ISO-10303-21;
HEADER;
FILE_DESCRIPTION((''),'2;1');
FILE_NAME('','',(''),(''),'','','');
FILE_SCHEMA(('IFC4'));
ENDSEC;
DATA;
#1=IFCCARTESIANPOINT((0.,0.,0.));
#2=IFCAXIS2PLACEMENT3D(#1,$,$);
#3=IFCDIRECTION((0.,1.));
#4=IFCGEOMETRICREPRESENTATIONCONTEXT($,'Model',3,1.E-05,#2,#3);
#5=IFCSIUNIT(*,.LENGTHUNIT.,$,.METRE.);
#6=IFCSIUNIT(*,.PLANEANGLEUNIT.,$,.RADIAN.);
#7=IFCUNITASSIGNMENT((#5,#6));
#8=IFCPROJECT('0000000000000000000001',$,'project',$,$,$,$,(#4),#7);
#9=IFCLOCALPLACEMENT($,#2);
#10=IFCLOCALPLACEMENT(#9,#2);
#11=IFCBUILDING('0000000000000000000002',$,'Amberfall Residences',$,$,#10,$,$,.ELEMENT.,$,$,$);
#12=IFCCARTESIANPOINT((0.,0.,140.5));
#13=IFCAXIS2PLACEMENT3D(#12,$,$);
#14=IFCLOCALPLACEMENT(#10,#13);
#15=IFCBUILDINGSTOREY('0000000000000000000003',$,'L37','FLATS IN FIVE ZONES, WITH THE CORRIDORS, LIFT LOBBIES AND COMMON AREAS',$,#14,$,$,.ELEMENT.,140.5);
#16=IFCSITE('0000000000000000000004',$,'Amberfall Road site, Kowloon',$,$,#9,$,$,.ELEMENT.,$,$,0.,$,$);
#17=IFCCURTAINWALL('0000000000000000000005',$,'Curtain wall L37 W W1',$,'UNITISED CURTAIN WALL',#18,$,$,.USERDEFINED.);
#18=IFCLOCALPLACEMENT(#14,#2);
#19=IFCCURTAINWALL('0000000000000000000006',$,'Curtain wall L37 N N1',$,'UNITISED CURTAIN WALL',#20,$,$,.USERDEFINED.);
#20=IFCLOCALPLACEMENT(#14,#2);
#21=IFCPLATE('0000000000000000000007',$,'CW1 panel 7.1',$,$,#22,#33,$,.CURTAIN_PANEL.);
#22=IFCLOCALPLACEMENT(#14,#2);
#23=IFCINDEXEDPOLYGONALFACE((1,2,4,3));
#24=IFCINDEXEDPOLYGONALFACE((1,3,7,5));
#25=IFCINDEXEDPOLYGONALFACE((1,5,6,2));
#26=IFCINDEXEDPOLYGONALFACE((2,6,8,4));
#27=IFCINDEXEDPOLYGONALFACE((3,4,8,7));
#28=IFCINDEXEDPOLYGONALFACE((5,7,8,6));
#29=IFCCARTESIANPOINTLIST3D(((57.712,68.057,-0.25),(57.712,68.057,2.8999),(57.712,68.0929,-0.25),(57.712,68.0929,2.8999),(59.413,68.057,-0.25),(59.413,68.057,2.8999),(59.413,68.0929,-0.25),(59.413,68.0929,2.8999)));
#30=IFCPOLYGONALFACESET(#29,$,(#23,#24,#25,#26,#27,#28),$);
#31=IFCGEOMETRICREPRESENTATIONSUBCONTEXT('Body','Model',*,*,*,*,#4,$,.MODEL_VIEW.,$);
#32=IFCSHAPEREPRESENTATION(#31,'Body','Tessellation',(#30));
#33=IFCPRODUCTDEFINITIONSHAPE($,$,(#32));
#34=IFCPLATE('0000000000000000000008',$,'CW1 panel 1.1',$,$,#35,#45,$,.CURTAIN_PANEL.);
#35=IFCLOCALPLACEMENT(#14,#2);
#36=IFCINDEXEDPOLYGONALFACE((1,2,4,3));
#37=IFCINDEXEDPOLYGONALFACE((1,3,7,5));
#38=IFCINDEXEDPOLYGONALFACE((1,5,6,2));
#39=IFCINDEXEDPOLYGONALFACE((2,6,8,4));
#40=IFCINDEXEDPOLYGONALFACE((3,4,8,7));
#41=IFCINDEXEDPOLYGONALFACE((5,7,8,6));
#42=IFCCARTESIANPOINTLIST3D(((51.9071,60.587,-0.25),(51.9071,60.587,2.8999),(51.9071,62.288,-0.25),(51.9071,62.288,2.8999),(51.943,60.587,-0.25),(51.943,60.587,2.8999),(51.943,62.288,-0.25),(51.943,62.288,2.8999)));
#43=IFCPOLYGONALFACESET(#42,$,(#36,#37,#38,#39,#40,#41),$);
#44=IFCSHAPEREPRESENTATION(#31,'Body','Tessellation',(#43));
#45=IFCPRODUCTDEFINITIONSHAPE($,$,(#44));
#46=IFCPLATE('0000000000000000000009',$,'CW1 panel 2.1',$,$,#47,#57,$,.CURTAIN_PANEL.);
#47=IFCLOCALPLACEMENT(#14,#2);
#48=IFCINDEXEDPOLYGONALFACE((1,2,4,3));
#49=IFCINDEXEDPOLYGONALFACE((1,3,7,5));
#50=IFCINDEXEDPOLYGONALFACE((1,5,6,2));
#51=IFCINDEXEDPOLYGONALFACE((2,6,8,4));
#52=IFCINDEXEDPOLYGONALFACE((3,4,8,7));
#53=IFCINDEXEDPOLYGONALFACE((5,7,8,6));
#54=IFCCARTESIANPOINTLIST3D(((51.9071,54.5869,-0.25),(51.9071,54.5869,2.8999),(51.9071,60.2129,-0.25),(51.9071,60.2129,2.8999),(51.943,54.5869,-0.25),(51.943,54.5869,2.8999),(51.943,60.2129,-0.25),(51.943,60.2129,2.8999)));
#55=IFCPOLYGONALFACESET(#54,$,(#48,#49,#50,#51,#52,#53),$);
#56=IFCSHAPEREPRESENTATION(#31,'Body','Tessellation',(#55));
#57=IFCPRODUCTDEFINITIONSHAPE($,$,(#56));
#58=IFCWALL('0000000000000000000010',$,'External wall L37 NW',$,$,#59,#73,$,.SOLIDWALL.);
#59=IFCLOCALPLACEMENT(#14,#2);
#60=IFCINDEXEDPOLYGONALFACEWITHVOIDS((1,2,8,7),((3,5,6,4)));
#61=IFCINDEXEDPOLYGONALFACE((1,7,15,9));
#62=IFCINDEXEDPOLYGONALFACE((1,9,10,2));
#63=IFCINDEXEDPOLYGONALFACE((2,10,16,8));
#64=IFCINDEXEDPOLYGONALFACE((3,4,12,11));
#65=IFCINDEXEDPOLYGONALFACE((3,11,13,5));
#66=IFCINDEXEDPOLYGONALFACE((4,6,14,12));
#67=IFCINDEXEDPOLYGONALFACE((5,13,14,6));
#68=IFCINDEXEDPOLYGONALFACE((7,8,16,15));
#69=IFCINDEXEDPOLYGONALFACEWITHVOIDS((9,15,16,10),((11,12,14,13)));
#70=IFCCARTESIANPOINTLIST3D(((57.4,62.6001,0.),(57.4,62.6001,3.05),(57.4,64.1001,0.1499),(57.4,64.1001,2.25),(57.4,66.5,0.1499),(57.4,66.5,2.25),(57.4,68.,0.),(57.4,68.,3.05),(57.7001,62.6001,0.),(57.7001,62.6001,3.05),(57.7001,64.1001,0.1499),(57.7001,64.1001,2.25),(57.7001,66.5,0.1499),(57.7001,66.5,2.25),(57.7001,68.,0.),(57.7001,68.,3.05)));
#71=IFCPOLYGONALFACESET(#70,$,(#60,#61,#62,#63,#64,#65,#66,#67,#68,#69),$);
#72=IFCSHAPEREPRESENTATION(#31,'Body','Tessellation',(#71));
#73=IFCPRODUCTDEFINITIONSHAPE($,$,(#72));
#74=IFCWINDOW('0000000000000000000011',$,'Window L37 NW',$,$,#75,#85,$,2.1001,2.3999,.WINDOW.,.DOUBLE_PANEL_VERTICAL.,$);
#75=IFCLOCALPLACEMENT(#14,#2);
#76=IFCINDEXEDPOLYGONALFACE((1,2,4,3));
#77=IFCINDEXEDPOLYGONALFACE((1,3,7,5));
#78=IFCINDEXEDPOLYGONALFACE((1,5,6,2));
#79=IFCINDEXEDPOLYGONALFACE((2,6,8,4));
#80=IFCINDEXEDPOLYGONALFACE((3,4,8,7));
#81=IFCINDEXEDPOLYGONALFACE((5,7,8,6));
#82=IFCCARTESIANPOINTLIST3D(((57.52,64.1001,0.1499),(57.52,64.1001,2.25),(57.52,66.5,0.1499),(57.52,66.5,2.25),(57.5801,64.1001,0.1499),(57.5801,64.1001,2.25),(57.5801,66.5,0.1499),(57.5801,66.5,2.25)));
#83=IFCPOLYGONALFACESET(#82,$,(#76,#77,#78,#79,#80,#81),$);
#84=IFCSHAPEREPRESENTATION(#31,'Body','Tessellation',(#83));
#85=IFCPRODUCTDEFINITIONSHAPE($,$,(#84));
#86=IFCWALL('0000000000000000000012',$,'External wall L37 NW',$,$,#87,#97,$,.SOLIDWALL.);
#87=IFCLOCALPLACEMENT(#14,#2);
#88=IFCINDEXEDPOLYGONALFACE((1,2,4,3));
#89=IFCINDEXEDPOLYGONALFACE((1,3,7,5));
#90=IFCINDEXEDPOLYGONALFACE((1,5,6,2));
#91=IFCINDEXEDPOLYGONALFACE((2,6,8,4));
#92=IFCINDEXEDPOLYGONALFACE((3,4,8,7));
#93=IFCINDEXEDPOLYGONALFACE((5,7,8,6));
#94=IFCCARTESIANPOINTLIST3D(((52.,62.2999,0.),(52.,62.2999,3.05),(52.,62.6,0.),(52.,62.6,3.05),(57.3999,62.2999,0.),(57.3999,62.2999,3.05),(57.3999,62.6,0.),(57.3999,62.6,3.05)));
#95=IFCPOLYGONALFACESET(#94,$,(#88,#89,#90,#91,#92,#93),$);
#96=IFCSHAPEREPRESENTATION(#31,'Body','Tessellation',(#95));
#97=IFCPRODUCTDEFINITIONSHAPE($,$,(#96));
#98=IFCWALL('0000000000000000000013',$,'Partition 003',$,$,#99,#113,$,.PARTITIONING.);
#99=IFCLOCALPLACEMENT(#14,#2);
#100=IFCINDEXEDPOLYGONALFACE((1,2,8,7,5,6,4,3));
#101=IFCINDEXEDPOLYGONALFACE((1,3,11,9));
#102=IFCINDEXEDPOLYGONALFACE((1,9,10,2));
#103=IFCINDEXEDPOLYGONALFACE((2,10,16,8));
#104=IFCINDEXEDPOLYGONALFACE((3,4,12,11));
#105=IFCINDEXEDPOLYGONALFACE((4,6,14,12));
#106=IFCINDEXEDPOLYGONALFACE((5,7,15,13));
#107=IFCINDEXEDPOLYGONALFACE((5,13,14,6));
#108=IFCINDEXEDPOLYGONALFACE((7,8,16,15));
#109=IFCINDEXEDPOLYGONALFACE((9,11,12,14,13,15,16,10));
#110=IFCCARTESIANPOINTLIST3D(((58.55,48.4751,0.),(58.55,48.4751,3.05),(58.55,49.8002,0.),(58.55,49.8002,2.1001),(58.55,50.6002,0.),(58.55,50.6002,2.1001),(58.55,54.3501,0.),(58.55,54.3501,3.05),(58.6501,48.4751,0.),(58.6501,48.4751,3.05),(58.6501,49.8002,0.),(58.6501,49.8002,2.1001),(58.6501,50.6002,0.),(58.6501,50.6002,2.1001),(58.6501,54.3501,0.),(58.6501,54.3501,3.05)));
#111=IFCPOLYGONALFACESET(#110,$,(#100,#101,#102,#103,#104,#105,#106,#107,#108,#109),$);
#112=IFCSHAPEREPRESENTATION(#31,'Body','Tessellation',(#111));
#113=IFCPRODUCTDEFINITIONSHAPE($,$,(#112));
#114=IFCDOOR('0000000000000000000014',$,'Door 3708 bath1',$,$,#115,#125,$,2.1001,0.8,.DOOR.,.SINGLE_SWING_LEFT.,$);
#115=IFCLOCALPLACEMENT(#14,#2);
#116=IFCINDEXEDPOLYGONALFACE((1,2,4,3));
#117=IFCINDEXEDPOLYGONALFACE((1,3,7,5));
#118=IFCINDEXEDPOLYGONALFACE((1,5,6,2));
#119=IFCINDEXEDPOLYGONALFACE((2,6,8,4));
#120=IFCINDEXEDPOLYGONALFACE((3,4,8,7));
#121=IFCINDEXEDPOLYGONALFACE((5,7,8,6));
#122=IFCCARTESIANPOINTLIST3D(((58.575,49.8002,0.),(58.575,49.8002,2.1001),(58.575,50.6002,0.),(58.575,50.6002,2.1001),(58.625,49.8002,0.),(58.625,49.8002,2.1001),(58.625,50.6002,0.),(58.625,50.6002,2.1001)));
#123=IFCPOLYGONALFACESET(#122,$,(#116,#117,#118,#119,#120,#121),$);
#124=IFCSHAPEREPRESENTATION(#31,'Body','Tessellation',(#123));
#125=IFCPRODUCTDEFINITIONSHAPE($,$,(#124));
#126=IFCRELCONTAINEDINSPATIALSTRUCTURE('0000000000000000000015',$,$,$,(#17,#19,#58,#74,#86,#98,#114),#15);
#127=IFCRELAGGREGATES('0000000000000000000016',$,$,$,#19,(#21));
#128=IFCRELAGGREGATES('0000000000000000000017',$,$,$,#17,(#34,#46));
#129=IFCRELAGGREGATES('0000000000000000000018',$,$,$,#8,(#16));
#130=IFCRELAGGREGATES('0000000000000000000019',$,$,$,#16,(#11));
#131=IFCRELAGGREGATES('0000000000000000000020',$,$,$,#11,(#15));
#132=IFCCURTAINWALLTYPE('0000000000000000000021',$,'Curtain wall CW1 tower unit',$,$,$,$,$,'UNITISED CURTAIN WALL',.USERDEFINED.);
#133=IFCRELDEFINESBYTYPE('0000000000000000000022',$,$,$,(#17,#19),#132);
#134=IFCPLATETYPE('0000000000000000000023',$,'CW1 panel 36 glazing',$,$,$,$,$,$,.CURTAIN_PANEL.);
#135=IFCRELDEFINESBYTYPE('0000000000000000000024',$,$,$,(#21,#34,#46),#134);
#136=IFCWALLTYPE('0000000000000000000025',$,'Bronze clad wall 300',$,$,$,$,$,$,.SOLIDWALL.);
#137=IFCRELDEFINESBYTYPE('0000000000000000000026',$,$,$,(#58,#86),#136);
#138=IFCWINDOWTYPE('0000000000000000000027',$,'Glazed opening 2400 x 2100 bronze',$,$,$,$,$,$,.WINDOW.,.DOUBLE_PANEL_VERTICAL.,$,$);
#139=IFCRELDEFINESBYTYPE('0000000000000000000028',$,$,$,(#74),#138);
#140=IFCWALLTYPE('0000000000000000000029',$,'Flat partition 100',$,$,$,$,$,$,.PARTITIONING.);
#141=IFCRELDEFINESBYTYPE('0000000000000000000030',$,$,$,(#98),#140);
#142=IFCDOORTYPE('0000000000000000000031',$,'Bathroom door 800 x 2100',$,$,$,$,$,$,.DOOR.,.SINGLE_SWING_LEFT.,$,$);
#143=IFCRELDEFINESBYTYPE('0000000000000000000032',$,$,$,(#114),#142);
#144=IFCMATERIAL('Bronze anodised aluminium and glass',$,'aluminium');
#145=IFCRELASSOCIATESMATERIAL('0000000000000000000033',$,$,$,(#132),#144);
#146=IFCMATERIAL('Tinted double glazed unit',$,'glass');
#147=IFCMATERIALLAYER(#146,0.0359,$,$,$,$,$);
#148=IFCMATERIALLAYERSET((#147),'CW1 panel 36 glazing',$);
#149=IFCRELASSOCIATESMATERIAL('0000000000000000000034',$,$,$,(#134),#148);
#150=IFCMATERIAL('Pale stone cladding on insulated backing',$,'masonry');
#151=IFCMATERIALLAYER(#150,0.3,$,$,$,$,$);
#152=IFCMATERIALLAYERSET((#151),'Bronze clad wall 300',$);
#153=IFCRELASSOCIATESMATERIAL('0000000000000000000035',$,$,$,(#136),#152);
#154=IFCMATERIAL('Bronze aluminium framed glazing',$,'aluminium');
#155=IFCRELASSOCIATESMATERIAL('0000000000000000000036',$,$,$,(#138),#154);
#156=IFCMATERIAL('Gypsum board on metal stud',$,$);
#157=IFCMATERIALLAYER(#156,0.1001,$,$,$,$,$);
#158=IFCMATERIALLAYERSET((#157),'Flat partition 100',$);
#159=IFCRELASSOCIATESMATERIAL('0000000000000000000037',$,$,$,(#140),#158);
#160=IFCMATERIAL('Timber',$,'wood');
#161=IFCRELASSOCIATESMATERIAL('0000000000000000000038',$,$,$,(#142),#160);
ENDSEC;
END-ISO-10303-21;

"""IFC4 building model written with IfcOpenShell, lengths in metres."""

from ifc_helpers import new_model, si_unit, direction, frame, frame_2d, origin, origin_2d, place, context, subcontext, project, spatial, rectangle, extrude, material, layer, layer_set, type_object, element, fill, aggregate, save


model = new_model("IFC4")

# Units and contexts
model_context = context("Model", 3, precision=1e-05, world=origin(), true_north=direction((0.0, 1.0)))
body_context = subcontext(model_context, "Body", "Model", "MODEL_VIEW")
ifc_project = project(units=[si_unit("LENGTHUNIT", "METRE"), si_unit("PLANEANGLEUNIT", "RADIAN")], contexts=[model_context])

# Site, building, storey
site_placement = place(None, origin())
site = spatial("IfcSite", under=ifc_project, at=site_placement, Name="Amberfall Road site, Kowloon", CompositionType="ELEMENT", RefElevation=0.0)
building_placement = place(site_placement, origin())
building = spatial("IfcBuilding", under=site, at=building_placement, Name="Amberfall Residences", CompositionType="ELEMENT")
storey_placement = place(building_placement, frame((0.0, 0.0, 140.5)))
storey = spatial("IfcBuildingStorey", under=building, at=storey_placement, Name="L37", Description="FLATS IN FIVE ZONES, WITH THE CORRIDORS, LIFT LOBBIES AND COMMON AREAS", CompositionType="ELEMENT", Elevation=140.5)

# Curtain wall
ifc_material_1 = material(Name="Bronze anodised aluminium and glass", Category="aluminium")
curtain_wall_type = type_object("IfcCurtainWallType", Name="Curtain wall CW1 tower unit", ElementType="UNITISED CURTAIN WALL", PredefinedType="USERDEFINED", material=ifc_material_1)
curtain_wall_1_placement = place(storey_placement, origin())
curtain_wall_1 = element("IfcCurtainWall", 1, at=curtain_wall_1_placement, inside=storey, type_object=curtain_wall_type, Name="Curtain wall L37 W W1", ObjectType="UNITISED CURTAIN WALL", PredefinedType="USERDEFINED")

# Curtain wall
curtain_wall_2_placement = place(storey_placement, origin())
curtain_wall_2 = element("IfcCurtainWall", 2, at=curtain_wall_2_placement, inside=storey, type_object=curtain_wall_type, Name="Curtain wall L37 N N1", ObjectType="UNITISED CURTAIN WALL", PredefinedType="USERDEFINED")

# Plates
ifc_material_2 = material(Name="Tinted double glazed unit", Category="glass")
ifc_layer_1 = layer(ifc_material_2, 0.0359)
ifc_layer_set_1 = layer_set([ifc_layer_1], Name="CW1 panel 36 glazing")
plate_type = type_object("IfcPlateType", Name="CW1 panel 36 glazing", PredefinedType="CURTAIN_PANEL", material=ifc_layer_set_1)
plate_1_placement = place(storey_placement, frame((58.5625, 68.075, -0.25), z_axis=(0.0, 0.0, 1.0), x_axis=(-1.0, 0.0, 0.0)))
plate_1 = element("IfcPlate", 3, at=plate_1_placement, type_object=plate_type, Name="CW1 panel 7.1", PredefinedType="CURTAIN_PANEL", context=body_context, shape_type="SweptSolid", body=[
    extrude(rectangle(XDim=1.7009, YDim=0.0359, at=origin_2d()), origin(), (0.0, 0.0, 1.0), 3.1499),
])
aggregate(curtain_wall_2, [plate_1])
plate_2_placement = place(storey_placement, frame((51.925, 61.4375, -0.25), z_axis=(0.0, 0.0, 1.0), x_axis=(0.0, -1.0, 0.0)))
plate_2 = element("IfcPlate", 4, at=plate_2_placement, type_object=plate_type, Name="CW1 panel 1.1", PredefinedType="CURTAIN_PANEL", context=body_context, shape_type="SweptSolid", body=[
    extrude(rectangle(XDim=1.7009, YDim=0.0359, at=origin_2d()), origin(), (0.0, 0.0, 1.0), 3.1499),
])
plate_3_placement = place(storey_placement, frame((51.925, 57.3999, -0.25), z_axis=(0.0, 0.0, 1.0), x_axis=(0.0, -1.0, 0.0)))
plate_3 = element("IfcPlate", 5, at=plate_3_placement, type_object=plate_type, Name="CW1 panel 2.1", PredefinedType="CURTAIN_PANEL", context=body_context, shape_type="SweptSolid", body=[
    extrude(rectangle(XDim=5.626, YDim=0.0359, at=origin_2d()), origin(), (0.0, 0.0, 1.0), 3.1499),
])
aggregate(curtain_wall_1, [plate_2, plate_3])

# Wall, opening, window
ifc_material_3 = material(Name="Pale stone cladding on insulated backing", Category="masonry")
ifc_layer_2 = layer(ifc_material_3, 0.3)
ifc_layer_set_2 = layer_set([ifc_layer_2], Name="Bronze clad wall 300")
wall_type_1 = type_object("IfcWallType", Name="Bronze clad wall 300", PredefinedType="SOLIDWALL", material=ifc_layer_set_2)
wall_1_placement = place(storey_placement, frame((57.55, 68.0, 0.0), z_axis=(0.0, 0.0, 1.0), x_axis=(0.0, -1.0, 0.0)))
wall_1 = element("IfcWall", 6, at=wall_1_placement, inside=storey, type_object=wall_type_1, Name="External wall L37 NW", PredefinedType="SOLIDWALL", context=body_context, shape_type="SweptSolid", body=[
    extrude(rectangle(XDim=5.3999, YDim=0.3, at=frame_2d((2.7, 0.0))), origin(), (0.0, 0.0, 1.0), 3.05),
])
opening_1_placement = place(wall_1_placement, frame((1.5, 0.0, 0.1499)))
opening_1 = element("IfcOpeningElement", 7, at=opening_1_placement, cuts=wall_1, PredefinedType="OPENING", context=body_context, shape_type="SweptSolid", body=[
    extrude(rectangle(XDim=2.3999, YDim=2.1001, at=frame_2d((1.2, 1.05))), frame((0.0, 0.1599, 0.0), z_axis=(0.0, -1.0, 0.0), x_axis=(1.0, 0.0, 0.0)), (0.0, 0.0, 1.0), 0.3201),
])
ifc_material_4 = material(Name="Bronze aluminium framed glazing", Category="aluminium")
window_type = type_object("IfcWindowType", Name="Glazed opening 2400 x 2100 bronze", PartitioningType="DOUBLE_PANEL_VERTICAL", PredefinedType="WINDOW", material=ifc_material_4)
window_placement = place(opening_1_placement, origin())
window = element("IfcWindow", 8, at=window_placement, inside=storey, type_object=window_type, Name="Window L37 NW", OverallHeight=2.1001, OverallWidth=2.3999, PartitioningType="DOUBLE_PANEL_VERTICAL", PredefinedType="WINDOW", context=body_context, shape_type="SweptSolid", body=[
    extrude(rectangle(XDim=2.3999, YDim=2.1001, at=frame_2d((1.2, 1.05))), frame((0.0, 0.03, 0.0), z_axis=(0.0, -1.0, 0.0), x_axis=(1.0, 0.0, 0.0)), (0.0, 0.0, 1.0), 0.0601),
])
fill(opening_1, window)

# Wall
wall_2_placement = place(storey_placement, frame((57.3999, 62.45, 0.0), z_axis=(0.0, 0.0, 1.0), x_axis=(-1.0, 0.0, 0.0)))
element("IfcWall", 9, at=wall_2_placement, inside=storey, type_object=wall_type_1, Name="External wall L37 NW", PredefinedType="SOLIDWALL", context=body_context, shape_type="SweptSolid", body=[
    extrude(rectangle(XDim=5.3999, YDim=0.3, at=frame_2d((2.7, 0.0))), origin(), (0.0, 0.0, 1.0), 3.05),
])

# Wall, opening, door
ifc_material_5 = material(Name="Gypsum board on metal stud")
ifc_layer_3 = layer(ifc_material_5, 0.1001)
ifc_layer_set_3 = layer_set([ifc_layer_3], Name="Flat partition 100")
wall_type_2 = type_object("IfcWallType", Name="Flat partition 100", PredefinedType="PARTITIONING", material=ifc_layer_set_3)
wall_3_placement = place(storey_placement, frame((58.6001, 54.3501, 0.0), z_axis=(0.0, 0.0, 1.0), x_axis=(0.0, -1.0, 0.0)))
wall_3 = element("IfcWall", 10, at=wall_3_placement, inside=storey, type_object=wall_type_2, Name="Partition 003", PredefinedType="PARTITIONING", context=body_context, shape_type="SweptSolid", body=[
    extrude(rectangle(XDim=5.875, YDim=0.1001, at=frame_2d((2.9375, 0.0))), origin(), (0.0, 0.0, 1.0), 3.05),
])
opening_2_placement = place(wall_3_placement, frame((3.75, 0.0, 0.0)))
opening_2 = element("IfcOpeningElement", 11, at=opening_2_placement, cuts=wall_3, PredefinedType="OPENING", context=body_context, shape_type="SweptSolid", body=[
    extrude(rectangle(XDim=0.8, YDim=2.1001, at=frame_2d((0.3999, 1.05))), frame((0.0, 0.0601, 0.0), z_axis=(0.0, -1.0, 0.0), x_axis=(1.0, 0.0, 0.0)), (0.0, 0.0, 1.0), 0.1201),
])
ifc_material_6 = material(Name="Timber", Category="wood")
door_type = type_object("IfcDoorType", Name="Bathroom door 800 x 2100", OperationType="SINGLE_SWING_LEFT", PredefinedType="DOOR", material=ifc_material_6)
door_placement = place(opening_2_placement, origin())
door = element("IfcDoor", 12, at=door_placement, inside=storey, type_object=door_type, Name="Door 3708 bath1", OperationType="SINGLE_SWING_LEFT", OverallHeight=2.1001, OverallWidth=0.8, PredefinedType="DOOR", context=body_context, shape_type="SweptSolid", body=[
    extrude(rectangle(XDim=0.8, YDim=2.1001, at=frame_2d((0.3999, 1.05))), frame((0.0, 0.0249, 0.0), z_axis=(0.0, -1.0, 0.0), x_axis=(1.0, 0.0, 0.0)), (0.0, 0.0, 1.0), 0.05),
])
fill(opening_2, door)

save(model, "model.ifc")
